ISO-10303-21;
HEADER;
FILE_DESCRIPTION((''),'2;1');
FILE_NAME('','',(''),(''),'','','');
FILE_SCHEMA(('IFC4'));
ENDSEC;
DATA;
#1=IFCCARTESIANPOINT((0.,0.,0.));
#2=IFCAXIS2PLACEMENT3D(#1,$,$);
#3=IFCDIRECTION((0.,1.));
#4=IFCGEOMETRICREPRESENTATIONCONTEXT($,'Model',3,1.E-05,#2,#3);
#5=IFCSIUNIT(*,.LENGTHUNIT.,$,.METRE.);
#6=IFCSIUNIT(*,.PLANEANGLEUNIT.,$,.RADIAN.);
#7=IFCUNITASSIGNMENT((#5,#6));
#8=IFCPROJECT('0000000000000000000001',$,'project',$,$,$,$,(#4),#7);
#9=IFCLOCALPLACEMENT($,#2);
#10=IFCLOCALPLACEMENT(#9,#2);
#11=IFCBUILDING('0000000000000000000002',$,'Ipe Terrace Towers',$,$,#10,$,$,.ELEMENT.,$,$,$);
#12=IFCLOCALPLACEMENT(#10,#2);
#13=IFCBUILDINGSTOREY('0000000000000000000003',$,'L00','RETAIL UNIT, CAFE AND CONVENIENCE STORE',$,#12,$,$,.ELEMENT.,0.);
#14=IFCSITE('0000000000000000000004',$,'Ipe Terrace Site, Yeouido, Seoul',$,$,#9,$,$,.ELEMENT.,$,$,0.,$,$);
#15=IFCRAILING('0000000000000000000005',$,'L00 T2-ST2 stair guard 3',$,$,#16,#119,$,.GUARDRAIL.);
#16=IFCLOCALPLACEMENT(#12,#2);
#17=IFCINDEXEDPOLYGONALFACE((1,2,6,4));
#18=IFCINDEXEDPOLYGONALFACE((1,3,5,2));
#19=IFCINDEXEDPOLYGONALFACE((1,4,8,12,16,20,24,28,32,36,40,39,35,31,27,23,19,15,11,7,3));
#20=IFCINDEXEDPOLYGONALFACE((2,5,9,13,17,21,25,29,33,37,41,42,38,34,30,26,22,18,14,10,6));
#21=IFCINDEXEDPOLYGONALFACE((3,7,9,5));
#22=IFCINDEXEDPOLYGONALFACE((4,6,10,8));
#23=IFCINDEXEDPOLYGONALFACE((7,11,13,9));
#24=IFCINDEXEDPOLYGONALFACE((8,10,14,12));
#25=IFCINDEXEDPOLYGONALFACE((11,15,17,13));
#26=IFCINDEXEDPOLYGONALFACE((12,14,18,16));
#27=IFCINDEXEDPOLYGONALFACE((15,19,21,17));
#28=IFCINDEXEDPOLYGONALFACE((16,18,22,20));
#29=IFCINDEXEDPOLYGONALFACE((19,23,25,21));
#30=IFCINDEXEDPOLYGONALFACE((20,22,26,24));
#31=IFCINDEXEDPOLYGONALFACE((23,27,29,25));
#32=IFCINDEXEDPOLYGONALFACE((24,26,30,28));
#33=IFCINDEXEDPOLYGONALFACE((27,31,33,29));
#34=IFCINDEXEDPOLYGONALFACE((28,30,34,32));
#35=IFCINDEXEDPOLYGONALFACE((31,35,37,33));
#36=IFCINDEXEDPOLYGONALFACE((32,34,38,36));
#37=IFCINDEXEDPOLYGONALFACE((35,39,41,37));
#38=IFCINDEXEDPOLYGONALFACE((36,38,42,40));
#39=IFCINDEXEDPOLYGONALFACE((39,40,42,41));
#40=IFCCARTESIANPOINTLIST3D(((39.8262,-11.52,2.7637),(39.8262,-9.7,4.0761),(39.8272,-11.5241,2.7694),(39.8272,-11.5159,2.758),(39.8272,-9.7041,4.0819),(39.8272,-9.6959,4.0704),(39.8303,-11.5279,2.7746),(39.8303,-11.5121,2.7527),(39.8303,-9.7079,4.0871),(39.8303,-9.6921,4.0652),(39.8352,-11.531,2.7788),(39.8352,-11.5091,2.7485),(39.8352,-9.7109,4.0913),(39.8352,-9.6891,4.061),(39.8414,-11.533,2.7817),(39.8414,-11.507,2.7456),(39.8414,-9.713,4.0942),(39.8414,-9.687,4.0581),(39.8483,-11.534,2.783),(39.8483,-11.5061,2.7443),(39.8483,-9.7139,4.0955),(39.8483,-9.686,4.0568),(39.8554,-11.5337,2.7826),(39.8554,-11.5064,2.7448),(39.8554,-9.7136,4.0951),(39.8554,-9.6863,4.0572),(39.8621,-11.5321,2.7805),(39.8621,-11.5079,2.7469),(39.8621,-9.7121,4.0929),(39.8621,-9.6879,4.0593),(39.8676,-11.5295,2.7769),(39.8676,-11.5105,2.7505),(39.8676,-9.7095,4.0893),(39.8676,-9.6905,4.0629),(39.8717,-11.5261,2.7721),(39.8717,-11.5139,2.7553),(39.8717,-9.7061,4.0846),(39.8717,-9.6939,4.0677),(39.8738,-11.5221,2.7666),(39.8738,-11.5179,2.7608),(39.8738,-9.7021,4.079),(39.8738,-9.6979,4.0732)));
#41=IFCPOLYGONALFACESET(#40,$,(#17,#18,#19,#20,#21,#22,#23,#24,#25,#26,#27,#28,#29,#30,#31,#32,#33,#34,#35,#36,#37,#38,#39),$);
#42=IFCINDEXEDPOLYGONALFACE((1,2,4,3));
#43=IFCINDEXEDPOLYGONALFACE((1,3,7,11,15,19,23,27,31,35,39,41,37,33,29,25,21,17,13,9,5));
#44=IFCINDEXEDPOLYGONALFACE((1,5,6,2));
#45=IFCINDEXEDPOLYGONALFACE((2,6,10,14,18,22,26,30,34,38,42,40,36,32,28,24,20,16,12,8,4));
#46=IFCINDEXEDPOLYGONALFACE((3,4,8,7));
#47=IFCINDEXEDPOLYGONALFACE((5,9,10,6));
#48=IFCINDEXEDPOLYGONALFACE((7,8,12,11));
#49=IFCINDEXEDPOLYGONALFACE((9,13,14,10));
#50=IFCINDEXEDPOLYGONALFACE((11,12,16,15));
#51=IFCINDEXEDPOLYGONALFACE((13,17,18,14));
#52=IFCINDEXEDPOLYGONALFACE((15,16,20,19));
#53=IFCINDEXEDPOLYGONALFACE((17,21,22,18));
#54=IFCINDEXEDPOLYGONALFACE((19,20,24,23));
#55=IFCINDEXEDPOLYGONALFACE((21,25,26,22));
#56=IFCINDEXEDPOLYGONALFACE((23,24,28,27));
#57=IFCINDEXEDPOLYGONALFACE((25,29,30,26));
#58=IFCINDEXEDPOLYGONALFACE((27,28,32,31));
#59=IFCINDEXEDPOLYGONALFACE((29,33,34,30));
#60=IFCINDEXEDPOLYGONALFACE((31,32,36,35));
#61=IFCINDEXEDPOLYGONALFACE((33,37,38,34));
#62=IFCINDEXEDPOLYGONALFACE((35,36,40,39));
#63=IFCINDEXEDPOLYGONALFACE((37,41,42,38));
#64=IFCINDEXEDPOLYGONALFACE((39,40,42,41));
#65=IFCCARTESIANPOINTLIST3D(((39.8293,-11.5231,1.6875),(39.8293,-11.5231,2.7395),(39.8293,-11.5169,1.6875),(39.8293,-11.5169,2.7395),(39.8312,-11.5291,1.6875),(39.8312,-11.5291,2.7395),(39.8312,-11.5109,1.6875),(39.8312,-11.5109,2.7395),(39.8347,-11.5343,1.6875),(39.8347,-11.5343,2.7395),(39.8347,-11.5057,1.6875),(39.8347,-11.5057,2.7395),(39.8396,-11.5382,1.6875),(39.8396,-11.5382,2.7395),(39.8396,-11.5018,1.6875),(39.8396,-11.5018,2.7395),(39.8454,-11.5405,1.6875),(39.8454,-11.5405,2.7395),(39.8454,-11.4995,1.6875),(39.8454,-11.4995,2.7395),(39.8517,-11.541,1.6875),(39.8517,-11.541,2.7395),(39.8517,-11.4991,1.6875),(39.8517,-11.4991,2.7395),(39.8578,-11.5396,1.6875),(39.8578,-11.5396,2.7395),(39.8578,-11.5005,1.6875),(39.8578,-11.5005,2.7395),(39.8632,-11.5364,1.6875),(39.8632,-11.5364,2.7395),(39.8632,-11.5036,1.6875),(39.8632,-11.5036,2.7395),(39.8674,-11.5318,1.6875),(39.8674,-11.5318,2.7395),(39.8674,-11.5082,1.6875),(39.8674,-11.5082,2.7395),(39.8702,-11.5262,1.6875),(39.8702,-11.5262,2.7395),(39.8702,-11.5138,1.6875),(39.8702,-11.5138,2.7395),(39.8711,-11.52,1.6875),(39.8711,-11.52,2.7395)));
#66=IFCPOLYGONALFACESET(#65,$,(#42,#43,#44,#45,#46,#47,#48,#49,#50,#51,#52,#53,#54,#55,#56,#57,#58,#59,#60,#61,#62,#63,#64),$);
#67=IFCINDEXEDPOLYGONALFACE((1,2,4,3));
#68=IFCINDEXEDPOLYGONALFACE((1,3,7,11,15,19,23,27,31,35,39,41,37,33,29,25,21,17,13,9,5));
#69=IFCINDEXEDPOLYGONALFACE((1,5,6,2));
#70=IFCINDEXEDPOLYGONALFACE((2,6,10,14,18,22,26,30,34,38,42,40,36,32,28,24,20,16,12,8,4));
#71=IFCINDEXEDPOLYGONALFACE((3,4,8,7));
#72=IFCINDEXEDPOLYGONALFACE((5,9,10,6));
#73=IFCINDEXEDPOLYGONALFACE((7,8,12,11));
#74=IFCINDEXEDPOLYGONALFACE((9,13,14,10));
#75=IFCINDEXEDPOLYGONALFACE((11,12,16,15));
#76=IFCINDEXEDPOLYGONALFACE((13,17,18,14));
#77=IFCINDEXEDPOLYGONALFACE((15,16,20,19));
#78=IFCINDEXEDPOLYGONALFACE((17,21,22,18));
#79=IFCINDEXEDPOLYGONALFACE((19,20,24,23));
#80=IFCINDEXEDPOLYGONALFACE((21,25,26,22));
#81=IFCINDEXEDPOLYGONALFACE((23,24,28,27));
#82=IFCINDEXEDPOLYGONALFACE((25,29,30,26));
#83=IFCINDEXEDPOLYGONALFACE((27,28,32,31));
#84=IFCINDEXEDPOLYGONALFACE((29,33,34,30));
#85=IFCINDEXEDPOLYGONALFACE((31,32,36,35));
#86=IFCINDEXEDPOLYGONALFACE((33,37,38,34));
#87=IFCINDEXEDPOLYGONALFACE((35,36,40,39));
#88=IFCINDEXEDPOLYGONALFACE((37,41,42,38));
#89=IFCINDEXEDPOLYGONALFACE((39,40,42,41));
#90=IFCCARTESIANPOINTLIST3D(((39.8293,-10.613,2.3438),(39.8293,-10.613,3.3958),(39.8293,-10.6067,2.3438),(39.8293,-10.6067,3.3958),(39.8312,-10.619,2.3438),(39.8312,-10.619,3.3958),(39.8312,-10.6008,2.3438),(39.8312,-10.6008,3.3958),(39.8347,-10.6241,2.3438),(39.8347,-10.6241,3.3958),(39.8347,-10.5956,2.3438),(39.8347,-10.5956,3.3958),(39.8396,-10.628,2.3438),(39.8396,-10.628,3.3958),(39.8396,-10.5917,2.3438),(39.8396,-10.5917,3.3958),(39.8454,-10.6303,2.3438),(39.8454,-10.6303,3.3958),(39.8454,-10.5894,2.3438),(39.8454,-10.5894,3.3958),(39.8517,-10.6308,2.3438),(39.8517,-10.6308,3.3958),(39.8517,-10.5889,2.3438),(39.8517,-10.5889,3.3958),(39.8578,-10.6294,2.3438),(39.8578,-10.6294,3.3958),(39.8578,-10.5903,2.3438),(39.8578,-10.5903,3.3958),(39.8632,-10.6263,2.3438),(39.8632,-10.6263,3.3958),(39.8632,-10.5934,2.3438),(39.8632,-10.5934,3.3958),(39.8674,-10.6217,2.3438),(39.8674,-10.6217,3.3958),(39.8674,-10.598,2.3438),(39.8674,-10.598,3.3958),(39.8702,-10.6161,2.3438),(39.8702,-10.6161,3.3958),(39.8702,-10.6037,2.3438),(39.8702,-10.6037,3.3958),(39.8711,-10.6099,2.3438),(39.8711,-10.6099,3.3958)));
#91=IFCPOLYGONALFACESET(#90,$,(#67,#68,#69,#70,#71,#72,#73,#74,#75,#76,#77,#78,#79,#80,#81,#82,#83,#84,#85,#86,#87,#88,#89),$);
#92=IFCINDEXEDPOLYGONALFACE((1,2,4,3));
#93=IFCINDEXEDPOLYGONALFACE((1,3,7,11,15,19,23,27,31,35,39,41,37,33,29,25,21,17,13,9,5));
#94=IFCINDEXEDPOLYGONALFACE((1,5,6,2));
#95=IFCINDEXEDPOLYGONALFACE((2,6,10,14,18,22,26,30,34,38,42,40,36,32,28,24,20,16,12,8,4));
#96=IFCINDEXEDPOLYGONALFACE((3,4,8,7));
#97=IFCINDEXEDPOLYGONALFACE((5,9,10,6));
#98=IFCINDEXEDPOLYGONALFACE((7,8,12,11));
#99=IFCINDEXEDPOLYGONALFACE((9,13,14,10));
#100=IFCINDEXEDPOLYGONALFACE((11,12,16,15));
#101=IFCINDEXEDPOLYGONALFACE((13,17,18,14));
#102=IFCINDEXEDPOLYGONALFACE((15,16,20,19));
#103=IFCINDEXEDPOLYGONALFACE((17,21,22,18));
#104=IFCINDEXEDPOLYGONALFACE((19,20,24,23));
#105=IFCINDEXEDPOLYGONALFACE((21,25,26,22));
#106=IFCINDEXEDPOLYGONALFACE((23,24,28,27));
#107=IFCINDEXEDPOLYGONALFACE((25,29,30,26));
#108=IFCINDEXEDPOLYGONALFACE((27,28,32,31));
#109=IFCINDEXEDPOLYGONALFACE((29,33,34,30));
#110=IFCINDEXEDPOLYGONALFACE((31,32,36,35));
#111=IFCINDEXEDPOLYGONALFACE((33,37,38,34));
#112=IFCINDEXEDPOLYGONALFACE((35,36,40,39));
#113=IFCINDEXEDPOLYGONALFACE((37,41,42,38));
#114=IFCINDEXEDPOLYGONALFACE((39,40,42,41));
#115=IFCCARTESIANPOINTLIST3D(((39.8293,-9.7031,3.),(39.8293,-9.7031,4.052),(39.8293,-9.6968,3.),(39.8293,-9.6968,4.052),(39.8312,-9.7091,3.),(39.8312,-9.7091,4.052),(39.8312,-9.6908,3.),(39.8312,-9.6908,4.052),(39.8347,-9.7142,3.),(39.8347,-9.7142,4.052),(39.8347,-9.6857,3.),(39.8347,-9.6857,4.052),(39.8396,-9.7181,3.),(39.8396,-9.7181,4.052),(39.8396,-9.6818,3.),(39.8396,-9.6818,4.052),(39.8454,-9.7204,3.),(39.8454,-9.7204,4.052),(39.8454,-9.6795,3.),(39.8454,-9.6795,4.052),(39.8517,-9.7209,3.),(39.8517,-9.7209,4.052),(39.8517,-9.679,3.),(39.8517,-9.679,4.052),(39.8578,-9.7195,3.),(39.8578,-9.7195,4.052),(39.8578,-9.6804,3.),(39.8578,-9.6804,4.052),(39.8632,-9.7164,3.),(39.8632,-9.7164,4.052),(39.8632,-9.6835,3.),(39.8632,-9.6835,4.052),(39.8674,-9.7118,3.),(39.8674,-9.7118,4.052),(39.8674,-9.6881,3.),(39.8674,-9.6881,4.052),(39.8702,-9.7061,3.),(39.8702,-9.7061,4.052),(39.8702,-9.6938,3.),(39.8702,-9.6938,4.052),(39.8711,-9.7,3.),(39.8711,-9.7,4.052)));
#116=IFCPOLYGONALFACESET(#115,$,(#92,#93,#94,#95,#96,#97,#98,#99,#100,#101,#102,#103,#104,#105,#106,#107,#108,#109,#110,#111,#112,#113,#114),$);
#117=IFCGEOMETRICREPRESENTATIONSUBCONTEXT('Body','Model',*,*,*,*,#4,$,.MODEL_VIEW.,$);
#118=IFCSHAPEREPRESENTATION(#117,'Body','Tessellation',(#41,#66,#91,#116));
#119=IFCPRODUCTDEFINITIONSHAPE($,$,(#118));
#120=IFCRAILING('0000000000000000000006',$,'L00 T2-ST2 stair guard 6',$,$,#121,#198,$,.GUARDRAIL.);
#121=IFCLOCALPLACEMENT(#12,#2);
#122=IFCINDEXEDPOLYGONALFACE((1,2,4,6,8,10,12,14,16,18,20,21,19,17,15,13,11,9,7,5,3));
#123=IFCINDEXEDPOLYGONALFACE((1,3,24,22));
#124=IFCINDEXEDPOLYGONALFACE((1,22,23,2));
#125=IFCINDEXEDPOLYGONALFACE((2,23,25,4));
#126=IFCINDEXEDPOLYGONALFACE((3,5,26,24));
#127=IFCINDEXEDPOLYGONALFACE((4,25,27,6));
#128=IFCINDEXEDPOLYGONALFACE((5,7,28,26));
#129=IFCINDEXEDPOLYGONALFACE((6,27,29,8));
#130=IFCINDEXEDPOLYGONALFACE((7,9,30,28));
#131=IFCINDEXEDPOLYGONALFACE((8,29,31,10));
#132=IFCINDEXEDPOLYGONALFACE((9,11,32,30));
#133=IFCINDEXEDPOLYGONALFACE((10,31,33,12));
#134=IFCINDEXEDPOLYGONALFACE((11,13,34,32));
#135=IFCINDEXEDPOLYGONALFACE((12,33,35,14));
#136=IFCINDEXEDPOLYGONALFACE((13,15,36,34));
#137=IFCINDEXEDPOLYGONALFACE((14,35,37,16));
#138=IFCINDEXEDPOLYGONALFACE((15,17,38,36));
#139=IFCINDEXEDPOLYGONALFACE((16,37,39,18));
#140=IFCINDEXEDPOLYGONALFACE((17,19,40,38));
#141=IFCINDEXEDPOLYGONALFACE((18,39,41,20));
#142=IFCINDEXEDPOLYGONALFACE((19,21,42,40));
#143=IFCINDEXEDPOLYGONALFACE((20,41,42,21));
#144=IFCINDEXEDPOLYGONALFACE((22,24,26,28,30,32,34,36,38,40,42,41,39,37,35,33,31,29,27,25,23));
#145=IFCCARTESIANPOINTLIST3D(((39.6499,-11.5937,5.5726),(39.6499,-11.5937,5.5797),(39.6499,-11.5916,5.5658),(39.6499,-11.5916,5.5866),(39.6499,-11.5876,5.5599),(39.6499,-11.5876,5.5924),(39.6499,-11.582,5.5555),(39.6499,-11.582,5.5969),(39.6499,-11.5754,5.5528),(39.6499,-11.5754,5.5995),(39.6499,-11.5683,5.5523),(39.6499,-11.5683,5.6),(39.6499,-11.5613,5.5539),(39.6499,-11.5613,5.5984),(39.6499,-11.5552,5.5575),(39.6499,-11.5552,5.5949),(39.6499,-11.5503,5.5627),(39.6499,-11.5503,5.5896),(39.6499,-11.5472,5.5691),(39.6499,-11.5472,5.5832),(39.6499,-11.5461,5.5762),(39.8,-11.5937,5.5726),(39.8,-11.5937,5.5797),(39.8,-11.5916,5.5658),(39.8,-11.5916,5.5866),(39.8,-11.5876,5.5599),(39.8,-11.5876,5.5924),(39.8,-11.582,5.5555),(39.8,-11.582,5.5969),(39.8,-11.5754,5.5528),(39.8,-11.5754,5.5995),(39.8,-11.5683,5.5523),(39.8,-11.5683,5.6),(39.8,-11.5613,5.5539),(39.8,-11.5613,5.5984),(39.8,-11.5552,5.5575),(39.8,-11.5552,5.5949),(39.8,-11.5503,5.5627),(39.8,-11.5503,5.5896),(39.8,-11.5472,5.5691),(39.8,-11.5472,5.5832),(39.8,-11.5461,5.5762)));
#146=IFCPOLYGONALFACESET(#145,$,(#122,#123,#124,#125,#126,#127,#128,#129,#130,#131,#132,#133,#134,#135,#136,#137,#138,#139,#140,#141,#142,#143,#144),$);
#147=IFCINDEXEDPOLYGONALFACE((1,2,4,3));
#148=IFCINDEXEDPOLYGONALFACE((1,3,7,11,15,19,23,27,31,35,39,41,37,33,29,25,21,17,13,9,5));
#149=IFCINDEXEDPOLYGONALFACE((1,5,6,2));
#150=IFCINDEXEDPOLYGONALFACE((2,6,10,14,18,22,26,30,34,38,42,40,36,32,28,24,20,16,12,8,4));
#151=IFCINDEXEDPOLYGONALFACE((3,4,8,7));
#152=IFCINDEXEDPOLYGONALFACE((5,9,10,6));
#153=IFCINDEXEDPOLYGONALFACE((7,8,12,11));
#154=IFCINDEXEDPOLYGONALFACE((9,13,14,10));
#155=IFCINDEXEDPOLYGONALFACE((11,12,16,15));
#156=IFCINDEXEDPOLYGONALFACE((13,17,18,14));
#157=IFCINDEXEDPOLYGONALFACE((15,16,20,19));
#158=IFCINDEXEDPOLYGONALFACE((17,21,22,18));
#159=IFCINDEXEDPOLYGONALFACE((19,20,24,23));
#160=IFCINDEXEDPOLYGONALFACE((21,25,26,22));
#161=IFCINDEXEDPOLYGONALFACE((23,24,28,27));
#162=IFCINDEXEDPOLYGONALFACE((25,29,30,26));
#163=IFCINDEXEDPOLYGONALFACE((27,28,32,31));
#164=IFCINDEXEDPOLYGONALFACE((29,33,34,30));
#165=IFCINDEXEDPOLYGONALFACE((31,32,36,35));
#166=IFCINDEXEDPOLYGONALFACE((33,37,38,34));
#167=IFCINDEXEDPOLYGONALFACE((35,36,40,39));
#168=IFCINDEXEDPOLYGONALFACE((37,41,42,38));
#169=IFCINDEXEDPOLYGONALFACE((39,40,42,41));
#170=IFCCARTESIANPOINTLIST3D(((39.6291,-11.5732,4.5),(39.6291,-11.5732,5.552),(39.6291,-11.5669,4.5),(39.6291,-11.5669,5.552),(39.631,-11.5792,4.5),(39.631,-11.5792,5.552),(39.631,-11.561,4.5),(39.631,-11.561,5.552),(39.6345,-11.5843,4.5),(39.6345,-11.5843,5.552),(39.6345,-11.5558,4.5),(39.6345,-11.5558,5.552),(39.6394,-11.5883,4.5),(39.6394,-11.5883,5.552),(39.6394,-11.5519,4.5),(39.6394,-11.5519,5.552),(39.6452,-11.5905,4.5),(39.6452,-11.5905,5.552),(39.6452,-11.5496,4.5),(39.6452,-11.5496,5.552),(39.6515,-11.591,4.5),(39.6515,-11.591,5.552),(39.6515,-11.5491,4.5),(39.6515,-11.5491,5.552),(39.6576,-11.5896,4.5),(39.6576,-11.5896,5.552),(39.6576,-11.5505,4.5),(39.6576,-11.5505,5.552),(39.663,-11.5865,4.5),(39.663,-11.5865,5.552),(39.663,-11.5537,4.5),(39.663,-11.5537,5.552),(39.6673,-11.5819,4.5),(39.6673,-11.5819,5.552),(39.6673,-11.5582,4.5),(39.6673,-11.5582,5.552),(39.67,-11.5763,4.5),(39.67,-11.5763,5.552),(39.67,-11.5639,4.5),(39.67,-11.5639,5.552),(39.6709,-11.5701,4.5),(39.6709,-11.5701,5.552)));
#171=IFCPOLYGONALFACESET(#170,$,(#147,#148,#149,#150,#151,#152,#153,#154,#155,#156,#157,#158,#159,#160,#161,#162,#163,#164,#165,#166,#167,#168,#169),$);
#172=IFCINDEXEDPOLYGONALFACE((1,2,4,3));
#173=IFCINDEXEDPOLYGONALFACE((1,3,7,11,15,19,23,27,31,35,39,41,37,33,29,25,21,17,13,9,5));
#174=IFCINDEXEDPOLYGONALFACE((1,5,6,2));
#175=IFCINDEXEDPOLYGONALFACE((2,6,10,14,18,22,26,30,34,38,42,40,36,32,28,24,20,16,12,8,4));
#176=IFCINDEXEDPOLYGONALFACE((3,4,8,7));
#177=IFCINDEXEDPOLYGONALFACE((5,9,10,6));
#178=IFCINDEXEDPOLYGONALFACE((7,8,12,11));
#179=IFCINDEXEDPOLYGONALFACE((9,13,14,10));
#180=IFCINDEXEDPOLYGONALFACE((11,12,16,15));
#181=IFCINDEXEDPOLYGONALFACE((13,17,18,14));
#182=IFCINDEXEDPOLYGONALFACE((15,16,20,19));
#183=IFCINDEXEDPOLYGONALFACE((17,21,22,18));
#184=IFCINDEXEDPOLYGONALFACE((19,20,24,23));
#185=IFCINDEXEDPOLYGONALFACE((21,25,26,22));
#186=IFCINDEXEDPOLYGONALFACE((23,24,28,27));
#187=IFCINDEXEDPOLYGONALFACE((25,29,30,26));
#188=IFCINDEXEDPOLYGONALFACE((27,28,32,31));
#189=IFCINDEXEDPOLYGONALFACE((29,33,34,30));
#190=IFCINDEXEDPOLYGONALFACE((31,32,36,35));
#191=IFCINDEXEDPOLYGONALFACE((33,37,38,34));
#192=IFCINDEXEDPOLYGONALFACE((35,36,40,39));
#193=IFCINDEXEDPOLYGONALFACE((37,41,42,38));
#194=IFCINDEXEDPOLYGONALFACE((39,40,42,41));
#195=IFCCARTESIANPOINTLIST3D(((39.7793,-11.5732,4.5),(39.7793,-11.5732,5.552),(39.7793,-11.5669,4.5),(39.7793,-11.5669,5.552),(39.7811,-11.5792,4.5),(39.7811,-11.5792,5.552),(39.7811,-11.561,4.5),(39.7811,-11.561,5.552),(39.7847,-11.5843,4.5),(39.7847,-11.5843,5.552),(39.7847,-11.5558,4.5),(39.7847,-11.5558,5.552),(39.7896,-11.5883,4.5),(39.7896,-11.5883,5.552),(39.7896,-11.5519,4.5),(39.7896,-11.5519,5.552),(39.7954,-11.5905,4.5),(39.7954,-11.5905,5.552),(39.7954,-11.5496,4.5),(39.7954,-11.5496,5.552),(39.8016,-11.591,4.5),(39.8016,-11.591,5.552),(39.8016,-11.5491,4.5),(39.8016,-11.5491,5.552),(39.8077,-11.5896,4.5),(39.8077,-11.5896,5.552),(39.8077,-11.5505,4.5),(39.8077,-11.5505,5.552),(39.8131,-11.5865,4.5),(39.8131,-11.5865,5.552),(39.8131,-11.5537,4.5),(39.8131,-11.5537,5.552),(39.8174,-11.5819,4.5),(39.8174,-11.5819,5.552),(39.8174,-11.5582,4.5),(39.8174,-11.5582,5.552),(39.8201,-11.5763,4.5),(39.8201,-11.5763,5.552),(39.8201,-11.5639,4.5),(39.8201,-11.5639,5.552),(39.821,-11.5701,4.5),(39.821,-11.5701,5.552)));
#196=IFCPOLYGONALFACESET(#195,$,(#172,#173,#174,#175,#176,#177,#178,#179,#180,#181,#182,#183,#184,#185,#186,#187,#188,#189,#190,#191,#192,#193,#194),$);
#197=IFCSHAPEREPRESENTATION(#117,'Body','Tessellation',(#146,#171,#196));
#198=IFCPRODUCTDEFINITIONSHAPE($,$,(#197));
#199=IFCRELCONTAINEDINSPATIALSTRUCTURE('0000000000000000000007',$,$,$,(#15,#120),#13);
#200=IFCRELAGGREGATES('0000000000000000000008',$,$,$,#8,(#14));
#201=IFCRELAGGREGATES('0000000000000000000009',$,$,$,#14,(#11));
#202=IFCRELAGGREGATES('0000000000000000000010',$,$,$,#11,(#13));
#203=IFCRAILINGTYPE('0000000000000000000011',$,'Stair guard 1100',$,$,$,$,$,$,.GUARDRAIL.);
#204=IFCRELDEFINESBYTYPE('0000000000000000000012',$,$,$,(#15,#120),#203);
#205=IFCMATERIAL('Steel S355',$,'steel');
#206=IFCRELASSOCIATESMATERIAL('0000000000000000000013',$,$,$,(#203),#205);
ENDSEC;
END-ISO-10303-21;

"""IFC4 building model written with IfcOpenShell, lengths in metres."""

from ifc_helpers import new_model, si_unit, direction, frame, origin, origin_2d, place, context, subcontext, project, spatial, circle, extrude, material, type_object, element, save


model = new_model("IFC4")

# Units and contexts
model_context = context("Model", 3, precision=1e-05, world=origin(), true_north=direction((0.0, 1.0)))
body_context = subcontext(model_context, "Body", "Model", "MODEL_VIEW")
ifc_project = project(units=[si_unit("LENGTHUNIT", "METRE"), si_unit("PLANEANGLEUNIT", "RADIAN")], contexts=[model_context])

# Site, building, storey
site_placement = place(None, origin())
site = spatial("IfcSite", under=ifc_project, at=site_placement, Name="Ipe Terrace Site, Yeouido, Seoul", CompositionType="ELEMENT", RefElevation=0.0)
building_placement = place(site_placement, origin())
building = spatial("IfcBuilding", under=site, at=building_placement, Name="Ipe Terrace Towers", CompositionType="ELEMENT")
storey_placement = place(building_placement, origin())
storey = spatial("IfcBuildingStorey", under=building, at=storey_placement, Name="L00", Description="RETAIL UNIT, CAFE AND CONVENIENCE STORE", CompositionType="ELEMENT", Elevation=0.0)

# Railings
ifc_material_1 = material(Name="Steel S355", Category="steel")
railing_type_1 = type_object("IfcRailingType", Name="Stair guard 1100", PredefinedType="GUARDRAIL", material=ifc_material_1)
railing_1_placement = place(storey_placement, frame((39.8501, -11.52, 1.6875)))
element("IfcRailing", 1, at=railing_1_placement, inside=storey, type_object=railing_type_1, Name="L00 T2-ST2 stair guard 3", PredefinedType="GUARDRAIL", context=body_context, shape_type="SweptSolid", body=[
    extrude(circle(Radius=0.0239, at=origin_2d()), frame((0.0, 0.0, 1.0762), z_axis=(0.0, 0.811101, 0.584906), x_axis=(-1.0, 0.0, 0.0)), (0.0, 0.0, 1.0), 2.2439),
    extrude(circle(Radius=0.021, at=origin_2d()), origin(), (0.0, 0.0, 1.0), 1.052),
    extrude(circle(Radius=0.021, at=origin_2d()), frame((0.0, 0.9102, 0.6562)), (0.0, 0.0, 1.0), 1.052),
    extrude(circle(Radius=0.021, at=origin_2d()), frame((0.0, 1.8201, 1.3125)), (0.0, 0.0, 1.0), 1.052),
])
railing_2_placement = place(storey_placement, frame((39.6499, -11.5701, 4.5)))
element("IfcRailing", 2, at=railing_2_placement, inside=storey, type_object=railing_type_1, Name="L00 T2-ST2 stair guard 6", PredefinedType="GUARDRAIL", context=body_context, shape_type="SweptSolid", body=[
    extrude(circle(Radius=0.0239, at=origin_2d()), frame((0.0, 0.0, 1.0762), z_axis=(1.0, 0.0, 0.0), x_axis=(0.0, 1.0, 0.0)), (0.0, 0.0, 1.0), 0.1501),
    extrude(circle(Radius=0.021, at=origin_2d()), origin(), (0.0, 0.0, 1.0), 1.052),
    extrude(circle(Radius=0.021, at=origin_2d()), frame((0.1501, 0.0, 0.0)), (0.0, 0.0, 1.0), 1.052),
])

save(model, "model.ifc")
